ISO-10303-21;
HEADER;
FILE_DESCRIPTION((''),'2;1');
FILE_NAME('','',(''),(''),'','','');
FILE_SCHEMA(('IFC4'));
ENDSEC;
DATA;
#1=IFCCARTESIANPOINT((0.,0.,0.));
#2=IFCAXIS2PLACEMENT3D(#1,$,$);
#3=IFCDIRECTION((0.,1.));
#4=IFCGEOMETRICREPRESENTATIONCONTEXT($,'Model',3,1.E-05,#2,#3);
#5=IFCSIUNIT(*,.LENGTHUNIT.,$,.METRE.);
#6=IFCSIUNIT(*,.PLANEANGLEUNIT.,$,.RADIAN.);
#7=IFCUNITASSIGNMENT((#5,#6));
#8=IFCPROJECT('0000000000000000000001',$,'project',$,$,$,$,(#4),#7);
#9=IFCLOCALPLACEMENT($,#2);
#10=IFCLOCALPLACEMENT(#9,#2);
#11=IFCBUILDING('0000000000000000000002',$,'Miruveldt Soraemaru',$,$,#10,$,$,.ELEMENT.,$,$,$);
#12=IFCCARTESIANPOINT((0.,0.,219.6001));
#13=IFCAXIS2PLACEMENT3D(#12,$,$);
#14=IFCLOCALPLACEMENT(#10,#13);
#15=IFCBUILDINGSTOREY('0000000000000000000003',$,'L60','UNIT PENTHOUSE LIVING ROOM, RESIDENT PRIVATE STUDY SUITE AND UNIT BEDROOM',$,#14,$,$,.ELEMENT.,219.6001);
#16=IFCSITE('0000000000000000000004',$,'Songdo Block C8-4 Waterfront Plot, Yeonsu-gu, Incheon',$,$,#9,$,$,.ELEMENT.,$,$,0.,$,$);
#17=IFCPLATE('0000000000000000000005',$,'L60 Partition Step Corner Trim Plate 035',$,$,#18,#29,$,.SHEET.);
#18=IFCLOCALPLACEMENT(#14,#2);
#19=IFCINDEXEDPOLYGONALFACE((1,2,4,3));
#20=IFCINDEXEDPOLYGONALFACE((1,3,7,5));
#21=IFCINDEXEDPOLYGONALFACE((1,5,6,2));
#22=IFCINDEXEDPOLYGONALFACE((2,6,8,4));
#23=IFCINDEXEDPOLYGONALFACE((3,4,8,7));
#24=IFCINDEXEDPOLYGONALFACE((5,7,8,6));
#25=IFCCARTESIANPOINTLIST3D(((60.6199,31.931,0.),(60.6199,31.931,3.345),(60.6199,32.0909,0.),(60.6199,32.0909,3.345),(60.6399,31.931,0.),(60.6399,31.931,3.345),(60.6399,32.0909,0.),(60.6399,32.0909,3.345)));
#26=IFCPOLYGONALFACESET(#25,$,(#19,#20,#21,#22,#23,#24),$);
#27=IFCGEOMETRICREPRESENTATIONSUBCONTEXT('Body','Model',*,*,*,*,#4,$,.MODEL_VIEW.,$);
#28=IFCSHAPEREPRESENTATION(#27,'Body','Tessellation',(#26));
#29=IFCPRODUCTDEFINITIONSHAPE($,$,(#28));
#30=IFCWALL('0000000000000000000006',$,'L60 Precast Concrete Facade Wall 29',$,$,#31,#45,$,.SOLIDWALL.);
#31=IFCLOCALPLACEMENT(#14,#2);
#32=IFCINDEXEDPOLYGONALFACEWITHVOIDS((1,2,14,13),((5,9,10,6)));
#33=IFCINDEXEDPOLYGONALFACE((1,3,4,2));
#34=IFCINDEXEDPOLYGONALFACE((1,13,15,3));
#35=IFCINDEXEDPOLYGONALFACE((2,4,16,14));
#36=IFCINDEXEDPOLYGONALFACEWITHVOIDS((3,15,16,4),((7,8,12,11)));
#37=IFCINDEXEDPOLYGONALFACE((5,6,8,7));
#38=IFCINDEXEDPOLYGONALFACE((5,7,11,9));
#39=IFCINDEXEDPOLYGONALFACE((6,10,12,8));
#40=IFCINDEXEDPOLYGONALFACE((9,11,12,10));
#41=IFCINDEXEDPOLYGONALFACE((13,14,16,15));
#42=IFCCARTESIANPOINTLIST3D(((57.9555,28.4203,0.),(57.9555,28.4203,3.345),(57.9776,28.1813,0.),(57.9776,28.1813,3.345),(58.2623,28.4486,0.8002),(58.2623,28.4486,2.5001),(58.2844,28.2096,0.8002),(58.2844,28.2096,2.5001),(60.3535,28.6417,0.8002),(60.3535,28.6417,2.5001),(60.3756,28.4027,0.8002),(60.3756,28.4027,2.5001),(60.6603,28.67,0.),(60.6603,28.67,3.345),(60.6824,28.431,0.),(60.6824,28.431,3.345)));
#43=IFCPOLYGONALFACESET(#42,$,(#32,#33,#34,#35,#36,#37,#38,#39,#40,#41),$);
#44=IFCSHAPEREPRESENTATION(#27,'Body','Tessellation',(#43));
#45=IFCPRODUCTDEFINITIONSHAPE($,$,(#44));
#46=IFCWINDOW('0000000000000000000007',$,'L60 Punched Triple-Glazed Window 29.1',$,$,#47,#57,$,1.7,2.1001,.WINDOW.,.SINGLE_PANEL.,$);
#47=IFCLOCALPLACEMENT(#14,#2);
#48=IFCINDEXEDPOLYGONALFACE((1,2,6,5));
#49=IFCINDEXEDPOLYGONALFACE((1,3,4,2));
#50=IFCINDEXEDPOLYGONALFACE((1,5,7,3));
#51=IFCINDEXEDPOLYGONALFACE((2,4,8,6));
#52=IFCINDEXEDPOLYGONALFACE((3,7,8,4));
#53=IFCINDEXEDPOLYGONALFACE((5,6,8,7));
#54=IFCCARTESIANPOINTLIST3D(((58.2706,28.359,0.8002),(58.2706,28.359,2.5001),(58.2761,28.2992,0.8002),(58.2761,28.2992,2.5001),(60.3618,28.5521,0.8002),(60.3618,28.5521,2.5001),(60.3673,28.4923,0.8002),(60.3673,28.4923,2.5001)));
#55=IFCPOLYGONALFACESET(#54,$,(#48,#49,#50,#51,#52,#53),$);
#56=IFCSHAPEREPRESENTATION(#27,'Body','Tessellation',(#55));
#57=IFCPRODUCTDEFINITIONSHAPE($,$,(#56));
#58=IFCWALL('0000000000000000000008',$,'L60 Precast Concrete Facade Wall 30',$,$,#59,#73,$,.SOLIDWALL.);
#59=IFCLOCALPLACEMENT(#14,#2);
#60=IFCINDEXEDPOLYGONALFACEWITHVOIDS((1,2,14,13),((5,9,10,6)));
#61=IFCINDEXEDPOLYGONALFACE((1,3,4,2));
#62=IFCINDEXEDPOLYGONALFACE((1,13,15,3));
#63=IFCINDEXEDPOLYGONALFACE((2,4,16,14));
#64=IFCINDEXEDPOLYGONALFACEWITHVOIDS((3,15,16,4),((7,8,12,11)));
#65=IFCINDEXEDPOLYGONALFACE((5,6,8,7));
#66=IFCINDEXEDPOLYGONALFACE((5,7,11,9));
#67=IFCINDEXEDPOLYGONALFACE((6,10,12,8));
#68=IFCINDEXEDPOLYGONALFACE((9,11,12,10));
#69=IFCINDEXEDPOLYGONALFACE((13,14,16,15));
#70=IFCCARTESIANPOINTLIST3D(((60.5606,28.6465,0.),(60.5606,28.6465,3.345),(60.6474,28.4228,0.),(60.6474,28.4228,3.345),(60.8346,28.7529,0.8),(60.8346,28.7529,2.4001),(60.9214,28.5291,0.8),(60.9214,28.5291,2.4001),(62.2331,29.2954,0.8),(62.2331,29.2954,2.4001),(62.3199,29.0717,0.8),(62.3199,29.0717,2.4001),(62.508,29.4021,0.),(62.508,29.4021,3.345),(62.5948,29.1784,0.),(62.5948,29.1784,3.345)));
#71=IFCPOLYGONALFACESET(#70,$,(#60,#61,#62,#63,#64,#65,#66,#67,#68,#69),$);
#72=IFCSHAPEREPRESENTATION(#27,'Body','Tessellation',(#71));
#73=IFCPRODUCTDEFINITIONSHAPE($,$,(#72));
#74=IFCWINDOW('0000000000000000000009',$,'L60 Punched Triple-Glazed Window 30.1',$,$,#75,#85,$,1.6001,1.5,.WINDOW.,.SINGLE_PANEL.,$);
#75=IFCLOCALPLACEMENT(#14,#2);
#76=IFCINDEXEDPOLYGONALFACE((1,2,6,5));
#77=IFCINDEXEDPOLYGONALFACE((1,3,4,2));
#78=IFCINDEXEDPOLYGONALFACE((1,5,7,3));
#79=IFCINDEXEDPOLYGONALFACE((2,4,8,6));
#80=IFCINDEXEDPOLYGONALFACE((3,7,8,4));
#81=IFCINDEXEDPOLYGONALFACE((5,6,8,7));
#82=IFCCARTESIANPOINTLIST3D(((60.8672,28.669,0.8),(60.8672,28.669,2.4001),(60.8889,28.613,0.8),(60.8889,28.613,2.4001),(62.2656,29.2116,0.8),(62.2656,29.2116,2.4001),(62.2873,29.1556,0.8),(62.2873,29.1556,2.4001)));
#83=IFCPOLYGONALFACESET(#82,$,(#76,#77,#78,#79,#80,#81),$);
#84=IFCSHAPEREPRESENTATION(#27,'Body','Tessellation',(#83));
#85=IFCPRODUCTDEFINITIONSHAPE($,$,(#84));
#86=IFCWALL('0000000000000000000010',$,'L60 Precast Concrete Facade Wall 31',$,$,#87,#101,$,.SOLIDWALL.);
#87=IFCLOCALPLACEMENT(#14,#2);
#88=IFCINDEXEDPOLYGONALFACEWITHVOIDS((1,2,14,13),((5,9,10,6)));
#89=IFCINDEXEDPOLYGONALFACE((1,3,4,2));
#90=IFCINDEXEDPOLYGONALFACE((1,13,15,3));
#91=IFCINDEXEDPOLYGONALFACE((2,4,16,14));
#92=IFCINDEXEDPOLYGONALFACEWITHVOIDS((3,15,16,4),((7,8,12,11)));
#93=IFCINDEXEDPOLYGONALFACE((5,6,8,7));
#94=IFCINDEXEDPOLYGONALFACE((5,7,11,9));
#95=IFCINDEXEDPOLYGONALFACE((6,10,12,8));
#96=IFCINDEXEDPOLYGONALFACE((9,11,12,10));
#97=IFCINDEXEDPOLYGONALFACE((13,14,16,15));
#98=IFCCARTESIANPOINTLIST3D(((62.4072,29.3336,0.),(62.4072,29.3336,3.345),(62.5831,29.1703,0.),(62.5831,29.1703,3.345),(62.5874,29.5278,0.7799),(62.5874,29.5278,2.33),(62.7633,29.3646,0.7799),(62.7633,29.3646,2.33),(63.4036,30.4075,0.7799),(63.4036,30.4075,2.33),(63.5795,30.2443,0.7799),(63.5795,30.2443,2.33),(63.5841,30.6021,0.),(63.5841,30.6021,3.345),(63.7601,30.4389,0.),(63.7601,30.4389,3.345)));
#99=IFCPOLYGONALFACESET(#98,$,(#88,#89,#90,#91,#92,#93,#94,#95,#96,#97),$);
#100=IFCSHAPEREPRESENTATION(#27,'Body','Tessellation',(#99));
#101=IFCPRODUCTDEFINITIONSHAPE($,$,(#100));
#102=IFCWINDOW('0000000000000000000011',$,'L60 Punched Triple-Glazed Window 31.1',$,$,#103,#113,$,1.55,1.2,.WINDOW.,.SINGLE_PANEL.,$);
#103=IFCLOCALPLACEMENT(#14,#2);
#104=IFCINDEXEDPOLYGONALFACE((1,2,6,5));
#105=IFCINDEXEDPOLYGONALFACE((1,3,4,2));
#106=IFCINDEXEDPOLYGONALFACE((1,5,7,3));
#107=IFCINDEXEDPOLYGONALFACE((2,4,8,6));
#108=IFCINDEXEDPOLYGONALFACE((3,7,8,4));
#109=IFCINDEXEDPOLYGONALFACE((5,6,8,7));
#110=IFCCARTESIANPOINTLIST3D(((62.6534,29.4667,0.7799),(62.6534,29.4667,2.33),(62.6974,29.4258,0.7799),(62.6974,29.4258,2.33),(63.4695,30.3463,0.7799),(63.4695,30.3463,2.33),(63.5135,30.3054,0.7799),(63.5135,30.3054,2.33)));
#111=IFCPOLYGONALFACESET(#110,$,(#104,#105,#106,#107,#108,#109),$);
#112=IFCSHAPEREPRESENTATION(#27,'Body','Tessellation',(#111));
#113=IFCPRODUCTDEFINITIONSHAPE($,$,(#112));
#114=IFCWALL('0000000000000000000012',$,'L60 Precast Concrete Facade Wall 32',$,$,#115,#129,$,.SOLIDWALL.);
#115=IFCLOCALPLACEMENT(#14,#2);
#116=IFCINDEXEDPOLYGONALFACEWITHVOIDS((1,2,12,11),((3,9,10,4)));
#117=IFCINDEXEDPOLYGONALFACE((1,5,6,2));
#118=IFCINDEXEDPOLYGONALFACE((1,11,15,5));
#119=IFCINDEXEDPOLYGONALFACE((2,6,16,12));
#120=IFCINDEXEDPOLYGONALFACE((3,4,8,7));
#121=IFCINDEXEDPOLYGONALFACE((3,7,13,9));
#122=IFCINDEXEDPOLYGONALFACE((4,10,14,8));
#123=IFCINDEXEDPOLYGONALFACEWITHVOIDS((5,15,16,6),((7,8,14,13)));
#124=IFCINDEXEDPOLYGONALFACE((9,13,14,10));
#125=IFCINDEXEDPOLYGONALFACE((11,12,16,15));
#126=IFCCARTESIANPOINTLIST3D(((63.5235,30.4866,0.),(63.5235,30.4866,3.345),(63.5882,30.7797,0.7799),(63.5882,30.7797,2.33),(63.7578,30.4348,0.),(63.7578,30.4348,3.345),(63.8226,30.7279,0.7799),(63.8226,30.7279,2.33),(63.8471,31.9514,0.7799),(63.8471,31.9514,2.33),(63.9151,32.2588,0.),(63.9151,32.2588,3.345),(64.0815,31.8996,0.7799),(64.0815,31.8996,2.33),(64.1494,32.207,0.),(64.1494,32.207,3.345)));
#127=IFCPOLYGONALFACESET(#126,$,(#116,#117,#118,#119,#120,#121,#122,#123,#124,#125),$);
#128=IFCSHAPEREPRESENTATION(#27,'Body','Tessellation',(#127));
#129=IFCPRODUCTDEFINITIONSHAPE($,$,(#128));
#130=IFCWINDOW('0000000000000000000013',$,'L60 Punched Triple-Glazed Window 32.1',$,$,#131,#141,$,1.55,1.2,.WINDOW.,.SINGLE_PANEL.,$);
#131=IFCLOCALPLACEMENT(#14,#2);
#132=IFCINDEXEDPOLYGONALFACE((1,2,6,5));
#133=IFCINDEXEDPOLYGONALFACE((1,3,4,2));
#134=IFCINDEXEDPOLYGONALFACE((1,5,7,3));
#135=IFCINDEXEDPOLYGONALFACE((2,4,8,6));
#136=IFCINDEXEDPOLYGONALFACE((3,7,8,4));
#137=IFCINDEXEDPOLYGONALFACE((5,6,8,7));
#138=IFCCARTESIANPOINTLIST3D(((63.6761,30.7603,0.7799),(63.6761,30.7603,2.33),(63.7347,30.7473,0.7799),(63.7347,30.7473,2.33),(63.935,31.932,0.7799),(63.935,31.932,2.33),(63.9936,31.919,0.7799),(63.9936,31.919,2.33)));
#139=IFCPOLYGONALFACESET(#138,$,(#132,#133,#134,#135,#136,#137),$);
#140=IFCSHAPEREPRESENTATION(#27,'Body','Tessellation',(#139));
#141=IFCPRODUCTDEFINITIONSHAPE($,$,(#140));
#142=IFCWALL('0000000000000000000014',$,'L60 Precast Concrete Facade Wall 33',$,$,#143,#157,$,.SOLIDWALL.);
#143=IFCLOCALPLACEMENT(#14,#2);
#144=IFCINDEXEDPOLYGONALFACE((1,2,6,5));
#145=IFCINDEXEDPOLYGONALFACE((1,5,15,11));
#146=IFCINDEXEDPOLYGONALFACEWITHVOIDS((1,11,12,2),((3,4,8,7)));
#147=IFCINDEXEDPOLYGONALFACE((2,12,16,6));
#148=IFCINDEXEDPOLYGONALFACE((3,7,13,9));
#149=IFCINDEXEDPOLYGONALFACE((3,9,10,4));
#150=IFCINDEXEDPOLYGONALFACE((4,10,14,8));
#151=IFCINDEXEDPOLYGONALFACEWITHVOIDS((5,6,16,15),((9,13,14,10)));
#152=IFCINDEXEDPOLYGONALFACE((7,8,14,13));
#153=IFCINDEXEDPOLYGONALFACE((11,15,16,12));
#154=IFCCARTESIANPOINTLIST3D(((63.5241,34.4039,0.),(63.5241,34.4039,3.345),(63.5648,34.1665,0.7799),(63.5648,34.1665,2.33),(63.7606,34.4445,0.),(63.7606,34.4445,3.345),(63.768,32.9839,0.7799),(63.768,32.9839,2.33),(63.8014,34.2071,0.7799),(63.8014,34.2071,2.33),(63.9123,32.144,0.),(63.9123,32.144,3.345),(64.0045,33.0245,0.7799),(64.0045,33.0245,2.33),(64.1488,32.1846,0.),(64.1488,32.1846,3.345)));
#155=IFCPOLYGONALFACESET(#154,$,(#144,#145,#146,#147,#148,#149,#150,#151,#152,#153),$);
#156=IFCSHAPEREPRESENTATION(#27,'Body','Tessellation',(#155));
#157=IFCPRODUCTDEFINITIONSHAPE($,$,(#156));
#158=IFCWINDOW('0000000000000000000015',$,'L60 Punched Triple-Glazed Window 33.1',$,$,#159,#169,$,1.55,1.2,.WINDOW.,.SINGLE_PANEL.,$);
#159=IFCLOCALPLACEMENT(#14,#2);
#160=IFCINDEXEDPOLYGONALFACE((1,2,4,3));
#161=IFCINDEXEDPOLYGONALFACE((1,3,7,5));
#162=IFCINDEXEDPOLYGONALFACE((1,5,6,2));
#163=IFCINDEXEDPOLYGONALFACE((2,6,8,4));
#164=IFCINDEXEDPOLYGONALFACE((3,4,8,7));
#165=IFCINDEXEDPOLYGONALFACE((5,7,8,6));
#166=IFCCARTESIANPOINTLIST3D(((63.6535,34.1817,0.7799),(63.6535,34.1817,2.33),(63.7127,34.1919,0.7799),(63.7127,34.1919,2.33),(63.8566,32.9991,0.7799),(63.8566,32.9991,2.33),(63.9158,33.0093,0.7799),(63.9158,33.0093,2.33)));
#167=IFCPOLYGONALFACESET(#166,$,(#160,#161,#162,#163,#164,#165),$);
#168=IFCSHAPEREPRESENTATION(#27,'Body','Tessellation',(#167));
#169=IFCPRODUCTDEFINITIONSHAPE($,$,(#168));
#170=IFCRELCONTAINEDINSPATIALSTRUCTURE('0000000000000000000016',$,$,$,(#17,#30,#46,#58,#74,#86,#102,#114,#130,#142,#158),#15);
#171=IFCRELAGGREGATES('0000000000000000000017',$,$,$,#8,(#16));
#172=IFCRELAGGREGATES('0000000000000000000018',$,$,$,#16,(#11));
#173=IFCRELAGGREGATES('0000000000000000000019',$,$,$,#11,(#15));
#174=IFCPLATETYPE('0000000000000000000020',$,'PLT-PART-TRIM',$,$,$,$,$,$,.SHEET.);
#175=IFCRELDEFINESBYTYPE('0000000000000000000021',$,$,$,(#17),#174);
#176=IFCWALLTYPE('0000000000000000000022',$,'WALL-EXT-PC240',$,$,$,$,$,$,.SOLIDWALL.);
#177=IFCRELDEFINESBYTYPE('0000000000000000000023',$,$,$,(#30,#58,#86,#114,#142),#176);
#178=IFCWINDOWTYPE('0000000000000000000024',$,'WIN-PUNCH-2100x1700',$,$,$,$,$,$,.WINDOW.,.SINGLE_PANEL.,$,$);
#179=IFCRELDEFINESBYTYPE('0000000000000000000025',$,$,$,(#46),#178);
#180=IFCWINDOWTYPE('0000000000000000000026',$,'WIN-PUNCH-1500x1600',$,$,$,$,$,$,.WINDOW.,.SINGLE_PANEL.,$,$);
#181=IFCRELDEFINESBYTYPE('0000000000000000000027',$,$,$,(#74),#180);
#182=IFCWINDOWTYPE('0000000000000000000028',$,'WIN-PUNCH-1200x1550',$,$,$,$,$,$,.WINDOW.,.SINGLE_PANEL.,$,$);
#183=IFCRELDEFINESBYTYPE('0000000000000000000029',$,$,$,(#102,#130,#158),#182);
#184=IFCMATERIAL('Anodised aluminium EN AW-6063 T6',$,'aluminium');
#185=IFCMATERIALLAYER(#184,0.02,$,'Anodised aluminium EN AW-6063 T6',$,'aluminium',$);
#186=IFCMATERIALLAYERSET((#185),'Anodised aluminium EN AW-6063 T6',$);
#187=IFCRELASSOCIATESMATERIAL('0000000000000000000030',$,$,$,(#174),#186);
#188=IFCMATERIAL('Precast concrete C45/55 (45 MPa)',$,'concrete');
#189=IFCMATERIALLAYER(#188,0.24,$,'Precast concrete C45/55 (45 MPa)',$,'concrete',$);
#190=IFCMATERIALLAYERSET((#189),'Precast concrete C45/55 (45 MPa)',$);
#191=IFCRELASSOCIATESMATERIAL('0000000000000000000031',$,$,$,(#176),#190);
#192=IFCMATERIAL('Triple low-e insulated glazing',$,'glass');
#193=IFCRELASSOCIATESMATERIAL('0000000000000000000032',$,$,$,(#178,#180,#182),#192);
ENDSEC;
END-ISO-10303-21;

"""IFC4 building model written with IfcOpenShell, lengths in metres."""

from ifc_helpers import new_model, si_unit, direction, frame, frame_2d, origin, origin_2d, place, context, subcontext, project, spatial, rectangle, extrude, material, layer, layer_set, type_object, element, fill, save


model = new_model("IFC4")

# Units and contexts
model_context = context("Model", 3, precision=1e-05, world=origin(), true_north=direction((0.0, 1.0)))
body_context = subcontext(model_context, "Body", "Model", "MODEL_VIEW")
ifc_project = project(units=[si_unit("LENGTHUNIT", "METRE"), si_unit("PLANEANGLEUNIT", "RADIAN")], contexts=[model_context])

# Site, building, storey
site_placement = place(None, origin())
site = spatial("IfcSite", under=ifc_project, at=site_placement, Name="Songdo Block C8-4 Waterfront Plot, Yeonsu-gu, Incheon", CompositionType="ELEMENT", RefElevation=0.0)
building_placement = place(site_placement, origin())
building = spatial("IfcBuilding", under=site, at=building_placement, Name="Miruveldt Soraemaru", CompositionType="ELEMENT")
storey_placement = place(building_placement, frame((0.0, 0.0, 219.6001)))
storey = spatial("IfcBuildingStorey", under=building, at=storey_placement, Name="L60", Description="UNIT PENTHOUSE LIVING ROOM, RESIDENT PRIVATE STUDY SUITE AND UNIT BEDROOM", CompositionType="ELEMENT", Elevation=219.6001)

# Plate
ifc_material_1 = material(Name="Anodised aluminium EN AW-6063 T6", Category="aluminium")
ifc_layer_1 = layer(ifc_material_1, 0.02, Name="Anodised aluminium EN AW-6063 T6", Category="aluminium")
ifc_layer_set_1 = layer_set([ifc_layer_1], Name="Anodised aluminium EN AW-6063 T6")
plate_type = type_object("IfcPlateType", Name="PLT-PART-TRIM", PredefinedType="SHEET", material=ifc_layer_set_1)
plate_placement = place(storey_placement, frame((60.6299, 32.011, 0.0), z_axis=(0.0, 0.0, 1.0), x_axis=(0.0, 1.0, 0.0)))
element("IfcPlate", 1, at=plate_placement, inside=storey, type_object=plate_type, Name="L60 Partition Step Corner Trim Plate 035", PredefinedType="SHEET", context=body_context, shape_type="SweptSolid", body=[
    extrude(rectangle(XDim=0.1599, YDim=0.02, at=origin_2d()), origin(), (0.0, 0.0, 1.0), 3.345),
])

# Walls, openings, windows
ifc_material_2 = material(Name="Precast concrete C45/55 (45 MPa)", Category="concrete")
ifc_layer_2 = layer(ifc_material_2, 0.24, Name="Precast concrete C45/55 (45 MPa)", Category="concrete")
ifc_layer_set_2 = layer_set([ifc_layer_2], Name="Precast concrete C45/55 (45 MPa)")
wall_type_1 = type_object("IfcWallType", Name="WALL-EXT-PC240", PredefinedType="SOLIDWALL", material=ifc_layer_set_2)
wall_1_placement = place(storey_placement, frame((57.9666, 28.3008, 0.0), z_axis=(0.0, 0.0, 1.0), x_axis=(0.995764, 0.091946, 0.0)))
wall_1 = element("IfcWall", 2, at=wall_1_placement, inside=storey, type_object=wall_type_1, Name="L60 Precast Concrete Facade Wall 29", PredefinedType="SOLIDWALL", context=body_context, shape_type="SweptSolid", body=[
    extrude(rectangle(XDim=2.7163, YDim=0.24, at=frame_2d((1.3582, 0.0))), origin(), (0.0, 0.0, 1.0), 3.345),
])
opening_1_placement = place(wall_1_placement, frame((0.3081, 0.0, 0.8)))
opening_1 = element("IfcOpeningElement", 3, at=opening_1_placement, cuts=wall_1, PredefinedType="OPENING", context=body_context, shape_type="SweptSolid", body=[
    extrude(rectangle(XDim=2.1001, YDim=1.7, at=frame_2d((1.05, 0.8501))), frame((0.0, 0.1299, 0.0), z_axis=(0.0, -1.0, 0.0), x_axis=(1.0, 0.0, 0.0)), (0.0, 0.0, 1.0), 0.26),
])
ifc_material_3 = material(Name="Triple low-e insulated glazing", Category="glass")
window_type_1 = type_object("IfcWindowType", Name="WIN-PUNCH-2100x1700", PartitioningType="SINGLE_PANEL", PredefinedType="WINDOW", material=ifc_material_3)
window_1_placement = place(opening_1_placement, origin())
window_1 = element("IfcWindow", 4, at=window_1_placement, inside=storey, type_object=window_type_1, Name="L60 Punched Triple-Glazed Window 29.1", OverallHeight=1.7, OverallWidth=2.1001, PartitioningType="SINGLE_PANEL", PredefinedType="WINDOW", context=body_context, shape_type="SweptSolid", body=[
    extrude(rectangle(XDim=2.1001, YDim=1.7, at=frame_2d((1.05, 0.8501))), frame((0.0, 0.03, 0.0), z_axis=(0.0, -1.0, 0.0), x_axis=(1.0, 0.0, 0.0)), (0.0, 0.0, 1.0), 0.0601),
])
fill(opening_1, window_1)
wall_2_placement = place(storey_placement, frame((60.604, 28.5347, 0.0), z_axis=(0.0, 0.0, 1.0), x_axis=(0.932287, 0.361719, 0.0)))
wall_2 = element("IfcWall", 5, at=wall_2_placement, inside=storey, type_object=wall_type_1, Name="L60 Precast Concrete Facade Wall 30", PredefinedType="SOLIDWALL", context=body_context, shape_type="SweptSolid", body=[
    extrude(rectangle(XDim=2.0889, YDim=0.24, at=frame_2d((1.0444, 0.0))), origin(), (0.0, 0.0, 1.0), 3.345),
])
opening_2_placement = place(wall_2_placement, frame((0.2939, 0.0, 0.8)))
opening_2 = element("IfcOpeningElement", 6, at=opening_2_placement, cuts=wall_2, PredefinedType="OPENING", context=body_context, shape_type="SweptSolid", body=[
    extrude(rectangle(XDim=1.5, YDim=1.6001, at=frame_2d((0.75, 0.8))), frame((0.0, 0.1299, 0.0), z_axis=(0.0, -1.0, 0.0), x_axis=(1.0, 0.0, 0.0)), (0.0, 0.0, 1.0), 0.26),
])
window_type_2 = type_object("IfcWindowType", Name="WIN-PUNCH-1500x1600", PartitioningType="SINGLE_PANEL", PredefinedType="WINDOW", material=ifc_material_3)
window_2_placement = place(opening_2_placement, origin())
window_2 = element("IfcWindow", 7, at=window_2_placement, inside=storey, type_object=window_type_2, Name="L60 Punched Triple-Glazed Window 30.1", OverallHeight=1.6001, OverallWidth=1.5, PartitioningType="SINGLE_PANEL", PredefinedType="WINDOW", context=body_context, shape_type="SweptSolid", body=[
    extrude(rectangle(XDim=1.5, YDim=1.6001, at=frame_2d((0.75, 0.8))), frame((0.0, 0.03, 0.0), z_axis=(0.0, -1.0, 0.0), x_axis=(1.0, 0.0, 0.0)), (0.0, 0.0, 1.0), 0.0601),
])
fill(opening_2, window_2)
wall_3_placement = place(storey_placement, frame((62.4951, 29.252, 0.0), z_axis=(0.0, 0.0, 1.0), x_axis=(0.680159, 0.733065, 0.0)))
wall_3 = element("IfcWall", 8, at=wall_3_placement, inside=storey, type_object=wall_type_1, Name="L60 Precast Concrete Facade Wall 31", PredefinedType="SOLIDWALL", context=body_context, shape_type="SweptSolid", body=[
    extrude(rectangle(XDim=1.7305, YDim=0.24, at=frame_2d((0.8652, 0.0))), origin(), (0.0, 0.0, 1.0), 3.345),
])
opening_3_placement = place(wall_3_placement, frame((0.2649, 0.0, 0.78)))
opening_3 = element("IfcOpeningElement", 9, at=opening_3_placement, cuts=wall_3, PredefinedType="OPENING", context=body_context, shape_type="SweptSolid", body=[
    extrude(rectangle(XDim=1.2, YDim=1.55, at=frame_2d((0.6001, 0.7749))), frame((0.0, 0.1299, 0.0), z_axis=(0.0, -1.0, 0.0), x_axis=(1.0, 0.0, 0.0)), (0.0, 0.0, 1.0), 0.26),
])
window_type_3 = type_object("IfcWindowType", Name="WIN-PUNCH-1200x1550", PartitioningType="SINGLE_PANEL", PredefinedType="WINDOW", material=ifc_material_3)
window_3_placement = place(opening_3_placement, origin())
window_3 = element("IfcWindow", 10, at=window_3_placement, inside=storey, type_object=window_type_3, Name="L60 Punched Triple-Glazed Window 31.1", OverallHeight=1.55, OverallWidth=1.2, PartitioningType="SINGLE_PANEL", PredefinedType="WINDOW", context=body_context, shape_type="SweptSolid", body=[
    extrude(rectangle(XDim=1.2, YDim=1.55, at=frame_2d((0.6001, 0.7749))), frame((0.0, 0.03, 0.0), z_axis=(0.0, -1.0, 0.0), x_axis=(1.0, 0.0, 0.0)), (0.0, 0.0, 1.0), 0.0601),
])
fill(opening_3, window_3)
wall_4_placement = place(storey_placement, frame((63.6406, 30.4607, 0.0), z_axis=(0.0, 0.0, 1.0), x_axis=(0.215762, 0.976446, 0.0)))
wall_4 = element("IfcWall", 11, at=wall_4_placement, inside=storey, type_object=wall_type_1, Name="L60 Precast Concrete Facade Wall 32", PredefinedType="SOLIDWALL", context=body_context, shape_type="SweptSolid", body=[
    extrude(rectangle(XDim=1.8149, YDim=0.24, at=frame_2d((0.9075, 0.0))), origin(), (0.0, 0.0, 1.0), 3.345),
])
opening_4_placement = place(wall_4_placement, frame((0.3, 0.0, 0.78)))
opening_4 = element("IfcOpeningElement", 12, at=opening_4_placement, cuts=wall_4, PredefinedType="OPENING", context=body_context, shape_type="SweptSolid", body=[
    extrude(rectangle(XDim=1.2, YDim=1.55, at=frame_2d((0.6001, 0.7749))), frame((0.0, 0.1299, 0.0), z_axis=(0.0, -1.0, 0.0), x_axis=(1.0, 0.0, 0.0)), (0.0, 0.0, 1.0), 0.26),
])
window_4_placement = place(opening_4_placement, origin())
window_4 = element("IfcWindow", 13, at=window_4_placement, inside=storey, type_object=window_type_3, Name="L60 Punched Triple-Glazed Window 32.1", OverallHeight=1.55, OverallWidth=1.2, PartitioningType="SINGLE_PANEL", PredefinedType="WINDOW", context=body_context, shape_type="SweptSolid", body=[
    extrude(rectangle(XDim=1.2, YDim=1.55, at=frame_2d((0.6001, 0.7749))), frame((0.0, 0.03, 0.0), z_axis=(0.0, -1.0, 0.0), x_axis=(1.0, 0.0, 0.0)), (0.0, 0.0, 1.0), 0.0601),
])
fill(opening_4, window_4)
wall_5_placement = place(storey_placement, frame((64.0305, 32.1643, 0.0), z_axis=(0.0, 0.0, 1.0), x_axis=(-0.169301, 0.985564, 0.0)))
wall_5 = element("IfcWall", 14, at=wall_5_placement, inside=storey, type_object=wall_type_1, Name="L60 Precast Concrete Facade Wall 33", PredefinedType="SOLIDWALL", context=body_context, shape_type="SweptSolid", body=[
    extrude(rectangle(XDim=2.293, YDim=0.24, at=frame_2d((1.1465, 0.0))), origin(), (0.0, 0.0, 1.0), 3.345),
])
opening_5_placement = place(wall_5_placement, frame((0.8521, 0.0, 0.78)))
opening_5 = element("IfcOpeningElement", 15, at=opening_5_placement, cuts=wall_5, PredefinedType="OPENING", context=body_context, shape_type="SweptSolid", body=[
    extrude(rectangle(XDim=1.2, YDim=1.55, at=frame_2d((0.6001, 0.7749))), frame((0.0, 0.1299, 0.0), z_axis=(0.0, -1.0, 0.0), x_axis=(1.0, 0.0, 0.0)), (0.0, 0.0, 1.0), 0.26),
])
window_5_placement = place(opening_5_placement, origin())
window_5 = element("IfcWindow", 16, at=window_5_placement, inside=storey, type_object=window_type_3, Name="L60 Punched Triple-Glazed Window 33.1", OverallHeight=1.55, OverallWidth=1.2, PartitioningType="SINGLE_PANEL", PredefinedType="WINDOW", context=body_context, shape_type="SweptSolid", body=[
    extrude(rectangle(XDim=1.2, YDim=1.55, at=frame_2d((0.6001, 0.7749))), frame((0.0, 0.03, 0.0), z_axis=(0.0, -1.0, 0.0), x_axis=(1.0, 0.0, 0.0)), (0.0, 0.0, 1.0), 0.0601),
])
fill(opening_5, window_5)

save(model, "model.ifc")
